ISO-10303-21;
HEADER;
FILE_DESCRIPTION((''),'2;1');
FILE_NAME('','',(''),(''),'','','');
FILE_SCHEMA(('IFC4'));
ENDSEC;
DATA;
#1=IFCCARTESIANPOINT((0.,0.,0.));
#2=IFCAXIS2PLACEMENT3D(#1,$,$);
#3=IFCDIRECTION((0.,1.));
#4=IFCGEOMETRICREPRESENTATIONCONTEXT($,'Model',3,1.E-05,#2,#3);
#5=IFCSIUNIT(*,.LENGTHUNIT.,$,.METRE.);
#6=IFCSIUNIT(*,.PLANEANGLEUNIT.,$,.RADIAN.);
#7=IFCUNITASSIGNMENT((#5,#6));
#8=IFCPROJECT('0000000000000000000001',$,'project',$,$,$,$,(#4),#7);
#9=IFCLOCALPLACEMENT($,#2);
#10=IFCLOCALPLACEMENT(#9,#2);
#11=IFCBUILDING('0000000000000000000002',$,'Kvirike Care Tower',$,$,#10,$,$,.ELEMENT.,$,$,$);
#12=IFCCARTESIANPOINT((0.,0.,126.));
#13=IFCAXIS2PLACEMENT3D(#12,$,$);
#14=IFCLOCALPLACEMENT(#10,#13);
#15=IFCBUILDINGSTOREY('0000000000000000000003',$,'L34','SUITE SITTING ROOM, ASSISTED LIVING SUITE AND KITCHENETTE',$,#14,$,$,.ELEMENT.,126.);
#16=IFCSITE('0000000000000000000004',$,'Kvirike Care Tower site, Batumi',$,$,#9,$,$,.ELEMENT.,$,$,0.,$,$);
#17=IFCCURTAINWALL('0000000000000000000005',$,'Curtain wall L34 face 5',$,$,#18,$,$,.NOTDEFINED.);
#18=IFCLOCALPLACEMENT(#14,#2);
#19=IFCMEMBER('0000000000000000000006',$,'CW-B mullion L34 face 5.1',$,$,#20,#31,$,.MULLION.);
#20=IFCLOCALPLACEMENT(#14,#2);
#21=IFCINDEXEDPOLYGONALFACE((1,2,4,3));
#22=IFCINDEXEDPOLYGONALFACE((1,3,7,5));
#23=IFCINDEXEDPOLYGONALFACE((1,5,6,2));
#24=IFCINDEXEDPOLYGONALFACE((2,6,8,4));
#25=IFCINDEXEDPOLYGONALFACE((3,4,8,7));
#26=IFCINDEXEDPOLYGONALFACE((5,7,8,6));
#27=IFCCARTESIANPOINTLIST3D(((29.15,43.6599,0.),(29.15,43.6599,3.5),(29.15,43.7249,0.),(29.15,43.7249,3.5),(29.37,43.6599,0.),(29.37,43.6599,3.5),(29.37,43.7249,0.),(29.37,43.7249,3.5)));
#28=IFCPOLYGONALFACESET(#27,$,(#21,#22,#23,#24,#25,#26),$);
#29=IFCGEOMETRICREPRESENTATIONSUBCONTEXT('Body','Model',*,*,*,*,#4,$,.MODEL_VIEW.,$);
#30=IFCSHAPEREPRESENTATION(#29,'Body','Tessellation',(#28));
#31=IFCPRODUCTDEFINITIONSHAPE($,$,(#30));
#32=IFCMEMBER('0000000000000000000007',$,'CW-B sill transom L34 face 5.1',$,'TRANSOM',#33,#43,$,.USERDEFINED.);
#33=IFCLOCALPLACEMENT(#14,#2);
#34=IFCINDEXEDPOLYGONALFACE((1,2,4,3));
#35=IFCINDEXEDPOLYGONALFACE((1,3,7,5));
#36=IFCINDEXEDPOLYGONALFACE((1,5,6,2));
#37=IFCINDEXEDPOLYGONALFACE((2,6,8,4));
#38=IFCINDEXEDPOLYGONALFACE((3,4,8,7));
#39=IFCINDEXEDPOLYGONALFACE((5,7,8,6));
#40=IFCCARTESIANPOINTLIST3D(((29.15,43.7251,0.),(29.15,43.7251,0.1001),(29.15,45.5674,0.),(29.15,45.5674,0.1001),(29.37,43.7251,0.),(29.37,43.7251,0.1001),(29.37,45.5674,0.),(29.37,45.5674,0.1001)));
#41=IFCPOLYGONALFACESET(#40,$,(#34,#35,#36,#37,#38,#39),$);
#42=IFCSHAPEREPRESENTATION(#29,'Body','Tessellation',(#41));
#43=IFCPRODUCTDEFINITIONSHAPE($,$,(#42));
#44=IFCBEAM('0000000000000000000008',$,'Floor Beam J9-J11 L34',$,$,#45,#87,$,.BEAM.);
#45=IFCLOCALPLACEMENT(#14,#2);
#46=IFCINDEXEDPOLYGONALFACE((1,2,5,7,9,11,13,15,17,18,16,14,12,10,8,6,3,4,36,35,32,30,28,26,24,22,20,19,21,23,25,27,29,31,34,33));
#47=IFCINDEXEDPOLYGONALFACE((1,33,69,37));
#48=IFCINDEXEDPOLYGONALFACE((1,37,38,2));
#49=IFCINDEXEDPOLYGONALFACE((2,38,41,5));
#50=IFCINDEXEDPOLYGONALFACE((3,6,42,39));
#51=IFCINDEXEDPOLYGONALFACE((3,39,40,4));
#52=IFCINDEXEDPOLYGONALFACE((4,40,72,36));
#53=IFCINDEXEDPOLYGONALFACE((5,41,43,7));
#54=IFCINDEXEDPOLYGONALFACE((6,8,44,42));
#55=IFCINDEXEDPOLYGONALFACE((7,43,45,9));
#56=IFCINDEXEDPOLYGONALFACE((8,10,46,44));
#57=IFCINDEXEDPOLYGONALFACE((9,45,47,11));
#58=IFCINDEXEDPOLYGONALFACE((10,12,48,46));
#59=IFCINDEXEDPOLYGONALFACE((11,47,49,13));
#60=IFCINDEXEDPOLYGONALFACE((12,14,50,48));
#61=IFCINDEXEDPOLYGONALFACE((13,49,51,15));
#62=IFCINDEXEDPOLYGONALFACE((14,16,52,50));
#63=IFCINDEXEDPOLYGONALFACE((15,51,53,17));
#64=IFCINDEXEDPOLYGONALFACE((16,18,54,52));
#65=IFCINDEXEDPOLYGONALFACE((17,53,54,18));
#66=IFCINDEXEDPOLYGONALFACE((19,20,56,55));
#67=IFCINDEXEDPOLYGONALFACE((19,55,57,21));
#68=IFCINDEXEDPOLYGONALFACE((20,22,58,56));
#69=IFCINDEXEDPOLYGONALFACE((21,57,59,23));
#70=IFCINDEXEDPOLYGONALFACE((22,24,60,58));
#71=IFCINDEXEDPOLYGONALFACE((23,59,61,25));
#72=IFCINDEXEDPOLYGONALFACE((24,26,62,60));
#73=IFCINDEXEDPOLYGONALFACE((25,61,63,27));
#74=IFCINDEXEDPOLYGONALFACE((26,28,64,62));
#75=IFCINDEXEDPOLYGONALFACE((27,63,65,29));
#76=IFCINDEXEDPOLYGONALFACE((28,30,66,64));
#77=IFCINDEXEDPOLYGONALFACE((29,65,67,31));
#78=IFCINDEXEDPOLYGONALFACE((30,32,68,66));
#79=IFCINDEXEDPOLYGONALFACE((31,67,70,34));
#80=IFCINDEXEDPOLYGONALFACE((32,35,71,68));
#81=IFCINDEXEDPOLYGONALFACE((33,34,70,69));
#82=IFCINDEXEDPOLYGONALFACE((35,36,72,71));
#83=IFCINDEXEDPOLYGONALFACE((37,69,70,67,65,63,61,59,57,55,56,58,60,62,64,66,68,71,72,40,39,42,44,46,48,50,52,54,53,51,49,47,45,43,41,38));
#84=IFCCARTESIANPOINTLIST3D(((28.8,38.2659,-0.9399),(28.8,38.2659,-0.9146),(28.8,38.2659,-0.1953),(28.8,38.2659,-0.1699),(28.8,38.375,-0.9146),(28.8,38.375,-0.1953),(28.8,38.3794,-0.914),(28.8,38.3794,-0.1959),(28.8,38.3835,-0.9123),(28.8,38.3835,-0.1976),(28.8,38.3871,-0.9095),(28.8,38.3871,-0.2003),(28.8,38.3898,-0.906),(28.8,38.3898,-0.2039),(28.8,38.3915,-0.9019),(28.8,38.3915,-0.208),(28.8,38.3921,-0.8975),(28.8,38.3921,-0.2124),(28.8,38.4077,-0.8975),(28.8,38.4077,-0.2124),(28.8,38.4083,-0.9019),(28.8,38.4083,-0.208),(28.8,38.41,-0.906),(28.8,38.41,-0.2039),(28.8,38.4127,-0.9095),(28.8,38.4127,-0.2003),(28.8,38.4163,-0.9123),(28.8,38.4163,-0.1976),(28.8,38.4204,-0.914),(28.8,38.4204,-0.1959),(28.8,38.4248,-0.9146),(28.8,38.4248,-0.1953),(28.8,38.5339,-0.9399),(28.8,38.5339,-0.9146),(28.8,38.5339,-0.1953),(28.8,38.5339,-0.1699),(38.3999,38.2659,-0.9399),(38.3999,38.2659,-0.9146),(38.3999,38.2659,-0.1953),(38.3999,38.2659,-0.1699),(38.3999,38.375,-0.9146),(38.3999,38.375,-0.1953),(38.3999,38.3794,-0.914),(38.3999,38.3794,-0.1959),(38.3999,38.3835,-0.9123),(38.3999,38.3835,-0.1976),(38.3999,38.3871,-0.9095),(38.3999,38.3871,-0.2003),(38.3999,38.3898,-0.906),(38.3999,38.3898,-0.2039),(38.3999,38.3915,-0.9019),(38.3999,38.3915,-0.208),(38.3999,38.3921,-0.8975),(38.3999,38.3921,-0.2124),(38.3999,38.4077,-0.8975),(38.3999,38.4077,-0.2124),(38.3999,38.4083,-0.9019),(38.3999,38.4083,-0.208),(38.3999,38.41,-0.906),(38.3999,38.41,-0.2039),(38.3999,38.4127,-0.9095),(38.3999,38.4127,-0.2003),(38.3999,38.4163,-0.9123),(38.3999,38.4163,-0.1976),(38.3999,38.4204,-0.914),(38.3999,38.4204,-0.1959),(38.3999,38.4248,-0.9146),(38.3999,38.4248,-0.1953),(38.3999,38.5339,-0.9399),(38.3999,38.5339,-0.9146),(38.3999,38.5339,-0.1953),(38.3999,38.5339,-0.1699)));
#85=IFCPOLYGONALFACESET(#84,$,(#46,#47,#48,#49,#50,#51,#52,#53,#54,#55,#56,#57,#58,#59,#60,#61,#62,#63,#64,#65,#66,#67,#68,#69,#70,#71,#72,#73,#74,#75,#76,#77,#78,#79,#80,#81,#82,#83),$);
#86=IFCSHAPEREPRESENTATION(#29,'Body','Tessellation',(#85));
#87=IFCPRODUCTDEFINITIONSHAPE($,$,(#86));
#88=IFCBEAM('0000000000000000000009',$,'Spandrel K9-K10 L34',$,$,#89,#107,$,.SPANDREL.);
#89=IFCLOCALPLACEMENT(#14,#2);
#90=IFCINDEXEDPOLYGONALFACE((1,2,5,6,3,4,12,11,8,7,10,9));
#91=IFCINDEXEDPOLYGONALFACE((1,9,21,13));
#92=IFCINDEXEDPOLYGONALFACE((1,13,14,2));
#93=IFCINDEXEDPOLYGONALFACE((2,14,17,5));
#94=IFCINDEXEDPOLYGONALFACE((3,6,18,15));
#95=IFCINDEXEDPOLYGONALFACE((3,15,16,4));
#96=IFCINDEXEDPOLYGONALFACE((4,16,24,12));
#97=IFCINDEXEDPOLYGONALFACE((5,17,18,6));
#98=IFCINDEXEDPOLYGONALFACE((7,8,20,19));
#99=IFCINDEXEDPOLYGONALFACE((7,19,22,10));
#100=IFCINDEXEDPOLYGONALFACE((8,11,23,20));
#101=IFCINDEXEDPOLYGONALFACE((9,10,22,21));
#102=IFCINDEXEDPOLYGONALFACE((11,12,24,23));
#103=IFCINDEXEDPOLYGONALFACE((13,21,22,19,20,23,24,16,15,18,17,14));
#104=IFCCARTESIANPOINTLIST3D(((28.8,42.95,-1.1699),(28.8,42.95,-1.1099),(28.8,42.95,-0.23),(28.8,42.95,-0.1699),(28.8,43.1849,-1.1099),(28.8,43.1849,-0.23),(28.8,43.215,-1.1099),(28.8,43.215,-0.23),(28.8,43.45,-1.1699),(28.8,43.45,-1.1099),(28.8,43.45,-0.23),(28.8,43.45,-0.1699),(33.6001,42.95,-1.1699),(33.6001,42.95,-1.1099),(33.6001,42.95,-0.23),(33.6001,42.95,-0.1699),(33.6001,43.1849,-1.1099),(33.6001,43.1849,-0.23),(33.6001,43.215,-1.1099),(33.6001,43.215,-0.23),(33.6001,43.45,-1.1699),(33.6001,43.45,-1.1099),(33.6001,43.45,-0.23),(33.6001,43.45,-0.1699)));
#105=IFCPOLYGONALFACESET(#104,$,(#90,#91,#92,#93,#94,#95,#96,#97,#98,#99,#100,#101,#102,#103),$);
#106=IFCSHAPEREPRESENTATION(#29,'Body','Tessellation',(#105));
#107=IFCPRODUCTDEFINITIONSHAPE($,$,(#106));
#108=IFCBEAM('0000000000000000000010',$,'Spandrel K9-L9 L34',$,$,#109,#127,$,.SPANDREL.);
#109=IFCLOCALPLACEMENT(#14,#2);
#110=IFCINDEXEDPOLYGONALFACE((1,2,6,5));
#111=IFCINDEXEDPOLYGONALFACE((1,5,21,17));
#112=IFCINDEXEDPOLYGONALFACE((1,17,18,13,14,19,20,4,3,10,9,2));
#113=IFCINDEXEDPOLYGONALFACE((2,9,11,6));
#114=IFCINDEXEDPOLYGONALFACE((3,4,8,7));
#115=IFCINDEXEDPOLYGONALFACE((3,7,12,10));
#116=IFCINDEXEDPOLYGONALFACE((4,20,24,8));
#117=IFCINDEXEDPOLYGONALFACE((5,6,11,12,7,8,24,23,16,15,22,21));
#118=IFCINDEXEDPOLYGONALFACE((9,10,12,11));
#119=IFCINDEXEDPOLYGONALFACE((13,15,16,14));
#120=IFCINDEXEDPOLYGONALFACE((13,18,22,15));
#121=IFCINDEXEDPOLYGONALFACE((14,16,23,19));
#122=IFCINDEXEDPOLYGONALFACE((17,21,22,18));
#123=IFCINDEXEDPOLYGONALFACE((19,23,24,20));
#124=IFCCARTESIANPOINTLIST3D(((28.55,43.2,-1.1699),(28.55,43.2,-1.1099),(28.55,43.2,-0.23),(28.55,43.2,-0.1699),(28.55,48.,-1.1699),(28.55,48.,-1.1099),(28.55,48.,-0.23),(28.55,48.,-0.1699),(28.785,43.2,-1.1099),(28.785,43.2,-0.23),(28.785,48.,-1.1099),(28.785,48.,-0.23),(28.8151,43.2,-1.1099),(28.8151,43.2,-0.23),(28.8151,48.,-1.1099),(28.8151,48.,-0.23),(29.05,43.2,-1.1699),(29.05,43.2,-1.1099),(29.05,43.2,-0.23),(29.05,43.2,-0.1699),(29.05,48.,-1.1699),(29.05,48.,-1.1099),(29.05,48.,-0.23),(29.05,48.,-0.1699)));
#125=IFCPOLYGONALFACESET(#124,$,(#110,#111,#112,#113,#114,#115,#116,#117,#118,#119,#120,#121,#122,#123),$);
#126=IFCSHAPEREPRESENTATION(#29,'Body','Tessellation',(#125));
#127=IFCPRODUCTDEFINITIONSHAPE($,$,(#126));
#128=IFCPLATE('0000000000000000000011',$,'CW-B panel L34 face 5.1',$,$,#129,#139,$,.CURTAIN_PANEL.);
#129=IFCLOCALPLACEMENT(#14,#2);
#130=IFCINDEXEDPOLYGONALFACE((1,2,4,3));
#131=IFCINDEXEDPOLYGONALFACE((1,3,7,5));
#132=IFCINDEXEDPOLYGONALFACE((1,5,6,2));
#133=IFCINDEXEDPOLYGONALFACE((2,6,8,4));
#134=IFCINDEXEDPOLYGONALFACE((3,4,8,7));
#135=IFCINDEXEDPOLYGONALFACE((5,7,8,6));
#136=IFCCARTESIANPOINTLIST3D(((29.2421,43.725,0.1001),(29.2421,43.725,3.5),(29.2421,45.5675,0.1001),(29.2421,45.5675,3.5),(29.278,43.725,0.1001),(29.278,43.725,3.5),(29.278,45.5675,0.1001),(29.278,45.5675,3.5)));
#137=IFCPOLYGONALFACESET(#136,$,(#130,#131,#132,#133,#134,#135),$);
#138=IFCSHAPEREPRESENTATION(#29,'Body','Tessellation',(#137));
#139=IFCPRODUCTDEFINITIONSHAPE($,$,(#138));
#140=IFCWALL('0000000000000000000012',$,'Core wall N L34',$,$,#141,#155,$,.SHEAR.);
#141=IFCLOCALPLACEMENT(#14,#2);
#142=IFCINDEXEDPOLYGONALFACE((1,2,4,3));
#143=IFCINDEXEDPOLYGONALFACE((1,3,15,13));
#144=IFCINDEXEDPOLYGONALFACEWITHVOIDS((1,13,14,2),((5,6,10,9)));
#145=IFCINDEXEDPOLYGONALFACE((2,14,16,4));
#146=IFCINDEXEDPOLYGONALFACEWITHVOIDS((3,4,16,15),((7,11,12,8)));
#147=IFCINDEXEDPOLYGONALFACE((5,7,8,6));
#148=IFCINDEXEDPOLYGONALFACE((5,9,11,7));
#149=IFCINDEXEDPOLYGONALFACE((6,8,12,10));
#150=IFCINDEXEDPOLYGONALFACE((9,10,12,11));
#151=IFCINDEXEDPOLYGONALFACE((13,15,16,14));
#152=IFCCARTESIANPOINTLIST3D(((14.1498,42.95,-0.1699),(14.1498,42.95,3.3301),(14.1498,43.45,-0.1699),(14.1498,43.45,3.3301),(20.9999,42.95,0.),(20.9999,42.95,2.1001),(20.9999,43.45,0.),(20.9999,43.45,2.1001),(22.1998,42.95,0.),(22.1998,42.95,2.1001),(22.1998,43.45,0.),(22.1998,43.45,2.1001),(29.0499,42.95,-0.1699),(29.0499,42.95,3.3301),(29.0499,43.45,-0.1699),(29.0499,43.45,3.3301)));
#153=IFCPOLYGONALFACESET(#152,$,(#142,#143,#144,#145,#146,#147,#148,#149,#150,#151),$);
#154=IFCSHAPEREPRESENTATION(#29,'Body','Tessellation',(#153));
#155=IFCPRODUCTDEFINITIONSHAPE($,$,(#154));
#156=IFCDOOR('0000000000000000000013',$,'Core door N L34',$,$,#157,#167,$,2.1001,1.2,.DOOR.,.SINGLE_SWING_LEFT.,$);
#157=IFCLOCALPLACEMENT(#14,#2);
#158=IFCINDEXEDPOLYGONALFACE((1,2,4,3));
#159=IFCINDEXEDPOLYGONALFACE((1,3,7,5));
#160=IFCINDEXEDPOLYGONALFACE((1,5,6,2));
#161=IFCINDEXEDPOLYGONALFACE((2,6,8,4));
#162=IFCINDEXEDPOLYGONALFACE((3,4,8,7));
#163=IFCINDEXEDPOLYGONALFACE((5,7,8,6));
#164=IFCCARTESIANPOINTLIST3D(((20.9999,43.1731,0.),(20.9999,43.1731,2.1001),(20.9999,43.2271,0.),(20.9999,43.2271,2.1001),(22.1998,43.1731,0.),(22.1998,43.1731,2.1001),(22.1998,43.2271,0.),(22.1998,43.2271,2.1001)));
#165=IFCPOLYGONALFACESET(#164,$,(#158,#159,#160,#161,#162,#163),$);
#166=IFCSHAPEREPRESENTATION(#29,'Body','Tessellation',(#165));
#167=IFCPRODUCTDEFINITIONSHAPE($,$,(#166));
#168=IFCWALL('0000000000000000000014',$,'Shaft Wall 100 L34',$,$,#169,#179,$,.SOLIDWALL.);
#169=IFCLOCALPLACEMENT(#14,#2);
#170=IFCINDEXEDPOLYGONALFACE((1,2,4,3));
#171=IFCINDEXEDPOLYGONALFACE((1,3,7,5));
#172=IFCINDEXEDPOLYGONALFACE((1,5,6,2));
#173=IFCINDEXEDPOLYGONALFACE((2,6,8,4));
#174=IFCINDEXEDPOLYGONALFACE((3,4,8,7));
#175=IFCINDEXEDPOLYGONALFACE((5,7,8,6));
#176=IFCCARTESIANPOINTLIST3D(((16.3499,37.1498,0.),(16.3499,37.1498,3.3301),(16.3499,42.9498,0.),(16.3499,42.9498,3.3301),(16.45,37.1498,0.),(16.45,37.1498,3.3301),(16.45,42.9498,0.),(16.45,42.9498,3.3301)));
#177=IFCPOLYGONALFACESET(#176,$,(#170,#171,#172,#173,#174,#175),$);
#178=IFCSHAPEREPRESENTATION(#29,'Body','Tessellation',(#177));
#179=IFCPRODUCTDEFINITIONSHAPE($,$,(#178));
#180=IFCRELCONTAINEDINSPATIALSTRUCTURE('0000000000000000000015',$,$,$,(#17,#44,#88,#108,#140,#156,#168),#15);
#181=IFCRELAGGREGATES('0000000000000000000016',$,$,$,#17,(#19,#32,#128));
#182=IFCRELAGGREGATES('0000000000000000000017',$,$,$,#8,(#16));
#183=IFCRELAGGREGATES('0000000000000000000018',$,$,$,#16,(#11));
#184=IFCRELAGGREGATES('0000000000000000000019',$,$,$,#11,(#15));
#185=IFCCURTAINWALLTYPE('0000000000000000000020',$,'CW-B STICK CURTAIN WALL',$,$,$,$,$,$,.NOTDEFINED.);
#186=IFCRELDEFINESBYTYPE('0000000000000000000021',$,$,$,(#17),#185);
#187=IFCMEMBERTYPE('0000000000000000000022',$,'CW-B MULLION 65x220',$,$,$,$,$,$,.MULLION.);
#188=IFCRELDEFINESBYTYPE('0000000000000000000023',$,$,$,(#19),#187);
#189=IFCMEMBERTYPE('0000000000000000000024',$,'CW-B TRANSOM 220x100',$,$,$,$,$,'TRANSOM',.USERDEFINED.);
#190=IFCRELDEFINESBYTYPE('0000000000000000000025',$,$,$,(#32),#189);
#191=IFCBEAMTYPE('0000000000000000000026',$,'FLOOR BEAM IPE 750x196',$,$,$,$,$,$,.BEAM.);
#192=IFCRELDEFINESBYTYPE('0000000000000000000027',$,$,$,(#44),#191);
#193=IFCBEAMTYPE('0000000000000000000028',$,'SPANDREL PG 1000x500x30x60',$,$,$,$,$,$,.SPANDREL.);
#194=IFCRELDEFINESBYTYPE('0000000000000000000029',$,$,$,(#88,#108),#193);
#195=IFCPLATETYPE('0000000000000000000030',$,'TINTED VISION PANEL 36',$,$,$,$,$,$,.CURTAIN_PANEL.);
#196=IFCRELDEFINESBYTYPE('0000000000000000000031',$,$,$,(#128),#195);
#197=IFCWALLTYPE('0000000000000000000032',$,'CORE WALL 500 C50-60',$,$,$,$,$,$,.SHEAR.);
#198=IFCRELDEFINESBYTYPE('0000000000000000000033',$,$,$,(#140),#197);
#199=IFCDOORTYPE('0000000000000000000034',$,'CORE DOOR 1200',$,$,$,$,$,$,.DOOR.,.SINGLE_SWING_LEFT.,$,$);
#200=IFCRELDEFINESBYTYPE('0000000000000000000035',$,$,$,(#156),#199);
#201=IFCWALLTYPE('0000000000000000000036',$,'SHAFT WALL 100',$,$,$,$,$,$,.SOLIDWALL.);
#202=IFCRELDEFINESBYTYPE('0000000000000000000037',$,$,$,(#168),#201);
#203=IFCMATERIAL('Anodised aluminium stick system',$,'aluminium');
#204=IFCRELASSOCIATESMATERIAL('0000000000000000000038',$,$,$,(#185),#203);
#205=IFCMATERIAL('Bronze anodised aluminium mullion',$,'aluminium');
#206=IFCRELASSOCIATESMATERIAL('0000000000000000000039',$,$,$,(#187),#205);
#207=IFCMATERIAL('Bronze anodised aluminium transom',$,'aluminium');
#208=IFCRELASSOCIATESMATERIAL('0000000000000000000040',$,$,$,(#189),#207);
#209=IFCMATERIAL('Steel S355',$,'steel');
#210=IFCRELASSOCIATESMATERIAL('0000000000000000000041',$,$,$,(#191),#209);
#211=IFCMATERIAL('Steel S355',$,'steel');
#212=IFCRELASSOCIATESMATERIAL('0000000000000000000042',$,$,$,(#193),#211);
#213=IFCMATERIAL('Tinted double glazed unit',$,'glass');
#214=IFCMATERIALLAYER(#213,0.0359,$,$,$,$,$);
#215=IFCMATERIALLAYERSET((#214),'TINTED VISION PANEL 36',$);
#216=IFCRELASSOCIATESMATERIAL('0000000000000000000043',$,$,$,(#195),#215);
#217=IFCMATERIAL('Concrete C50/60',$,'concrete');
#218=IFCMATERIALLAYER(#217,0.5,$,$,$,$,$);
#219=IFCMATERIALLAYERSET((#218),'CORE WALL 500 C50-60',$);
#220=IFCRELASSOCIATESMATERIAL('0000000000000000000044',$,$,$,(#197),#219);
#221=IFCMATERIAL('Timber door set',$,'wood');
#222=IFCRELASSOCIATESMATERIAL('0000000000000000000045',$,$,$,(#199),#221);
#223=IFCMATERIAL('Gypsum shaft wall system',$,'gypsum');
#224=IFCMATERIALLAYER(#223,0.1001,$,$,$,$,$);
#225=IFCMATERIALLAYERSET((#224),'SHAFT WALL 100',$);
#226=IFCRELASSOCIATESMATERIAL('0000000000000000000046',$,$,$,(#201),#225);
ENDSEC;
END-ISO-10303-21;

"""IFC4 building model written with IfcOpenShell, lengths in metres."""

from ifc_helpers import new_model, si_unit, direction, frame, frame_2d, origin, origin_2d, place, context, subcontext, project, spatial, rectangle, i_section, extrude, material, layer, layer_set, material_profile, profile_set, type_object, element, fill, aggregate, save


model = new_model("IFC4")

# Units and contexts
model_context = context("Model", 3, precision=1e-05, world=origin(), true_north=direction((0.0, 1.0)))
body_context = subcontext(model_context, "Body", "Model", "MODEL_VIEW")
ifc_project = project(units=[si_unit("LENGTHUNIT", "METRE"), si_unit("PLANEANGLEUNIT", "RADIAN")], contexts=[model_context])

# Site, building, storey
site_placement = place(None, origin())
site = spatial("IfcSite", under=ifc_project, at=site_placement, Name="Kvirike Care Tower site, Batumi", CompositionType="ELEMENT", RefElevation=0.0)
building_placement = place(site_placement, origin())
building = spatial("IfcBuilding", under=site, at=building_placement, Name="Kvirike Care Tower", CompositionType="ELEMENT")
storey_placement = place(building_placement, frame((0.0, 0.0, 126.0)))
storey = spatial("IfcBuildingStorey", under=building, at=storey_placement, Name="L34", Description="SUITE SITTING ROOM, ASSISTED LIVING SUITE AND KITCHENETTE", CompositionType="ELEMENT", Elevation=126.0)

# Curtain wall, members
ifc_material_1 = material(Name="Anodised aluminium stick system", Category="aluminium")
curtain_wall_type = type_object("IfcCurtainWallType", Name="CW-B STICK CURTAIN WALL", PredefinedType="NOTDEFINED", material=ifc_material_1)
curtain_wall_placement = place(storey_placement, origin())
curtain_wall = element("IfcCurtainWall", 1, at=curtain_wall_placement, inside=storey, type_object=curtain_wall_type, Name="Curtain wall L34 face 5", PredefinedType="NOTDEFINED")
ifc_material_2 = material(Name="Bronze anodised aluminium mullion", Category="aluminium")
ifc_material_profile_1 = material_profile(ifc_material_2, rectangle(XDim=0.0649, YDim=0.22, at=origin_2d()), Name="CW-B MULLION 65x220")
ifc_profile_set_1 = profile_set([ifc_material_profile_1], Name="Bronze anodised aluminium mullion")
member_type_1 = type_object("IfcMemberType", Name="CW-B MULLION 65x220", PredefinedType="MULLION", material=ifc_profile_set_1)
member_1_placement = place(storey_placement, frame((29.26, 43.6924, 0.0), z_axis=(0.0, 0.0, 1.0), x_axis=(0.0, 1.0, 0.0)))
member_1 = element("IfcMember", 2, at=member_1_placement, type_object=member_type_1, Name="CW-B mullion L34 face 5.1", PredefinedType="MULLION", context=body_context, shape_type="SweptSolid", body=[
    extrude(rectangle(XDim=0.0649, YDim=0.22, at=origin_2d()), origin(), (0.0, 0.0, 1.0), 3.5),
])
ifc_material_3 = material(Name="Bronze anodised aluminium transom", Category="aluminium")
ifc_material_profile_2 = material_profile(ifc_material_3, rectangle(XDim=0.22, YDim=0.1001, at=origin_2d()), Name="CW-B TRANSOM 220x100")
ifc_profile_set_2 = profile_set([ifc_material_profile_2], Name="Bronze anodised aluminium transom")
member_type_2 = type_object("IfcMemberType", Name="CW-B TRANSOM 220x100", ElementType="TRANSOM", PredefinedType="USERDEFINED", material=ifc_profile_set_2)
member_2_placement = place(storey_placement, frame((29.26, 43.7251, 0.05), z_axis=(0.0, 1.0, 0.0), x_axis=(-1.0, 0.0, 0.0)))
member_2 = element("IfcMember", 3, at=member_2_placement, type_object=member_type_2, Name="CW-B sill transom L34 face 5.1", ObjectType="TRANSOM", PredefinedType="USERDEFINED", context=body_context, shape_type="SweptSolid", body=[
    extrude(rectangle(XDim=0.22, YDim=0.1001, at=origin_2d()), origin(), (0.0, 0.0, 1.0), 1.8423),
])

# Beams
ifc_material_4 = material(Name="Steel S355", Category="steel")
ifc_material_profile_3 = material_profile(ifc_material_4, i_section(OverallWidth=0.2681, OverallDepth=0.77, WebThickness=0.0156, FlangeThickness=0.0254, FilletRadius=0.0171, at=origin_2d()), Name="IPE 750x196")
ifc_profile_set_3 = profile_set([ifc_material_profile_3], Name="Steel S355")
beam_type_1 = type_object("IfcBeamType", Name="FLOOR BEAM IPE 750x196", PredefinedType="BEAM", material=ifc_profile_set_3)
beam_placement = place(storey_placement, frame((28.8, 38.3999, -0.5549), z_axis=(1.0, 0.0, 0.0), x_axis=(0.0, 1.0, 0.0)))
element("IfcBeam", 4, at=beam_placement, inside=storey, type_object=beam_type_1, Name="Floor Beam J9-J11 L34", PredefinedType="BEAM", context=body_context, shape_type="SweptSolid", body=[
    extrude(i_section(OverallWidth=0.2681, OverallDepth=0.77, WebThickness=0.0156, FlangeThickness=0.0254, FilletRadius=0.0171, at=origin_2d()), origin(), (0.0, 0.0, 1.0), 9.5999),
])
ifc_material_5 = material(Name="Steel S355", Category="steel")
ifc_material_profile_4 = material_profile(ifc_material_5, i_section(OverallWidth=0.5, OverallDepth=1.0, WebThickness=0.03, FlangeThickness=0.0601, at=origin_2d()), Name="PG 1000x500x30x60")
ifc_profile_set_4 = profile_set([ifc_material_profile_4], Name="Steel S355")
beam_type_2 = type_object("IfcBeamType", Name="SPANDREL PG 1000x500x30x60", PredefinedType="SPANDREL", material=ifc_profile_set_4)
for number, where, z_axis, x_axis, name in (
    (5, (28.8, 43.2, -0.6699), (1.0, 0.0, 0.0), (0.0, 1.0, 0.0), "Spandrel K9-K10 L34"),
    (6, (28.8, 43.2, -0.6699), (0.0, 1.0, 0.0), (-1.0, 0.0, 0.0), "Spandrel K9-L9 L34"),
):
    element("IfcBeam", number, at=place(storey_placement, frame(where, z_axis=z_axis, x_axis=x_axis)), inside=storey, type_object=beam_type_2, Name=name, PredefinedType="SPANDREL", context=body_context, shape_type="SweptSolid", body=[
        extrude(i_section(OverallWidth=0.5, OverallDepth=1.0, WebThickness=0.03, FlangeThickness=0.0601, at=origin_2d()), origin(), (0.0, 0.0, 1.0), 4.8),
    ])

# Plate
ifc_material_6 = material(Name="Tinted double glazed unit", Category="glass")
ifc_layer_1 = layer(ifc_material_6, 0.0359)
ifc_layer_set_1 = layer_set([ifc_layer_1], Name="TINTED VISION PANEL 36")
plate_type = type_object("IfcPlateType", Name="TINTED VISION PANEL 36", PredefinedType="CURTAIN_PANEL", material=ifc_layer_set_1)
plate_placement = place(storey_placement, frame((29.26, 44.6462, 0.1001), z_axis=(0.0, 0.0, 1.0), x_axis=(0.0, 1.0, 0.0)))
plate = element("IfcPlate", 7, at=plate_placement, type_object=plate_type, Name="CW-B panel L34 face 5.1", PredefinedType="CURTAIN_PANEL", context=body_context, shape_type="SweptSolid", body=[
    extrude(rectangle(XDim=1.8425, YDim=0.0359, at=origin_2d()), origin(), (0.0, 0.0, 1.0), 3.3999),
])
aggregate(curtain_wall, [member_1, member_2, plate])

# Wall, opening, door
ifc_material_7 = material(Name="Concrete C50/60", Category="concrete")
ifc_layer_2 = layer(ifc_material_7, 0.5)
ifc_layer_set_2 = layer_set([ifc_layer_2], Name="CORE WALL 500 C50-60")
wall_type_1 = type_object("IfcWallType", Name="CORE WALL 500 C50-60", PredefinedType="SHEAR", material=ifc_layer_set_2)
wall_1_placement = place(storey_placement, frame((29.05, 43.2, -0.1699), z_axis=(0.0, 0.0, 1.0), x_axis=(-1.0, 0.0, 0.0)))
wall_1 = element("IfcWall", 8, at=wall_1_placement, inside=storey, type_object=wall_type_1, Name="Core wall N L34", PredefinedType="SHEAR", context=body_context, shape_type="SweptSolid", body=[
    extrude(rectangle(XDim=14.9001, YDim=0.5, at=frame_2d((7.4502, 0.0))), origin(), (0.0, 0.0, 1.0), 3.5),
])
opening_1_placement = place(wall_1_placement, frame((6.8501, 0.0, 0.1699)))
opening_1 = element("IfcOpeningElement", 9, at=opening_1_placement, cuts=wall_1, PredefinedType="OPENING", context=body_context, shape_type="SweptSolid", body=[
    extrude(rectangle(XDim=1.2, YDim=2.1001, at=frame_2d((0.6001, 1.05))), frame((0.0, 0.2605, 0.0), z_axis=(0.0, -1.0, 0.0), x_axis=(1.0, 0.0, 0.0)), (0.0, 0.0, 1.0), 0.521),
])
ifc_material_8 = material(Name="Timber door set", Category="wood")
door_type_1 = type_object("IfcDoorType", Name="CORE DOOR 1200", OperationType="SINGLE_SWING_LEFT", PredefinedType="DOOR", material=ifc_material_8)
door_1_placement = place(opening_1_placement, origin())
door_1 = element("IfcDoor", 10, at=door_1_placement, inside=storey, type_object=door_type_1, Name="Core door N L34", OperationType="SINGLE_SWING_LEFT", OverallHeight=2.1001, OverallWidth=1.2, PredefinedType="DOOR", context=body_context, shape_type="SweptSolid", body=[
    extrude(rectangle(XDim=1.2, YDim=2.1001, at=frame_2d((0.6001, 1.05))), frame((0.0, 0.0269, 0.0), z_axis=(0.0, -1.0, 0.0), x_axis=(1.0, 0.0, 0.0)), (0.0, 0.0, 1.0), 0.054),
])
fill(opening_1, door_1)

# Wall
ifc_material_9 = material(Name="Gypsum shaft wall system", Category="gypsum")
ifc_layer_3 = layer(ifc_material_9, 0.1001)
ifc_layer_set_3 = layer_set([ifc_layer_3], Name="SHAFT WALL 100")
wall_type_2 = type_object("IfcWallType", Name="SHAFT WALL 100", PredefinedType="SOLIDWALL", material=ifc_layer_set_3)
for number, where, z_axis, x_axis, name in (
    (11, (16.3999, 37.1499, 0.0), (0.0, 0.0, 1.0), (0.0, 1.0, 0.0), "Shaft Wall 100 L34"),
):
    element("IfcWall", number, at=place(storey_placement, frame(where, z_axis=z_axis, x_axis=x_axis)), inside=storey, type_object=wall_type_2, Name=name, PredefinedType="SOLIDWALL", context=body_context, shape_type="SweptSolid", body=[
        extrude(rectangle(XDim=5.8, YDim=0.1001, at=frame_2d((2.8999, 0.0))), origin(), (0.0, 0.0, 1.0), 3.3301),
    ])

save(model, "model.ifc")
